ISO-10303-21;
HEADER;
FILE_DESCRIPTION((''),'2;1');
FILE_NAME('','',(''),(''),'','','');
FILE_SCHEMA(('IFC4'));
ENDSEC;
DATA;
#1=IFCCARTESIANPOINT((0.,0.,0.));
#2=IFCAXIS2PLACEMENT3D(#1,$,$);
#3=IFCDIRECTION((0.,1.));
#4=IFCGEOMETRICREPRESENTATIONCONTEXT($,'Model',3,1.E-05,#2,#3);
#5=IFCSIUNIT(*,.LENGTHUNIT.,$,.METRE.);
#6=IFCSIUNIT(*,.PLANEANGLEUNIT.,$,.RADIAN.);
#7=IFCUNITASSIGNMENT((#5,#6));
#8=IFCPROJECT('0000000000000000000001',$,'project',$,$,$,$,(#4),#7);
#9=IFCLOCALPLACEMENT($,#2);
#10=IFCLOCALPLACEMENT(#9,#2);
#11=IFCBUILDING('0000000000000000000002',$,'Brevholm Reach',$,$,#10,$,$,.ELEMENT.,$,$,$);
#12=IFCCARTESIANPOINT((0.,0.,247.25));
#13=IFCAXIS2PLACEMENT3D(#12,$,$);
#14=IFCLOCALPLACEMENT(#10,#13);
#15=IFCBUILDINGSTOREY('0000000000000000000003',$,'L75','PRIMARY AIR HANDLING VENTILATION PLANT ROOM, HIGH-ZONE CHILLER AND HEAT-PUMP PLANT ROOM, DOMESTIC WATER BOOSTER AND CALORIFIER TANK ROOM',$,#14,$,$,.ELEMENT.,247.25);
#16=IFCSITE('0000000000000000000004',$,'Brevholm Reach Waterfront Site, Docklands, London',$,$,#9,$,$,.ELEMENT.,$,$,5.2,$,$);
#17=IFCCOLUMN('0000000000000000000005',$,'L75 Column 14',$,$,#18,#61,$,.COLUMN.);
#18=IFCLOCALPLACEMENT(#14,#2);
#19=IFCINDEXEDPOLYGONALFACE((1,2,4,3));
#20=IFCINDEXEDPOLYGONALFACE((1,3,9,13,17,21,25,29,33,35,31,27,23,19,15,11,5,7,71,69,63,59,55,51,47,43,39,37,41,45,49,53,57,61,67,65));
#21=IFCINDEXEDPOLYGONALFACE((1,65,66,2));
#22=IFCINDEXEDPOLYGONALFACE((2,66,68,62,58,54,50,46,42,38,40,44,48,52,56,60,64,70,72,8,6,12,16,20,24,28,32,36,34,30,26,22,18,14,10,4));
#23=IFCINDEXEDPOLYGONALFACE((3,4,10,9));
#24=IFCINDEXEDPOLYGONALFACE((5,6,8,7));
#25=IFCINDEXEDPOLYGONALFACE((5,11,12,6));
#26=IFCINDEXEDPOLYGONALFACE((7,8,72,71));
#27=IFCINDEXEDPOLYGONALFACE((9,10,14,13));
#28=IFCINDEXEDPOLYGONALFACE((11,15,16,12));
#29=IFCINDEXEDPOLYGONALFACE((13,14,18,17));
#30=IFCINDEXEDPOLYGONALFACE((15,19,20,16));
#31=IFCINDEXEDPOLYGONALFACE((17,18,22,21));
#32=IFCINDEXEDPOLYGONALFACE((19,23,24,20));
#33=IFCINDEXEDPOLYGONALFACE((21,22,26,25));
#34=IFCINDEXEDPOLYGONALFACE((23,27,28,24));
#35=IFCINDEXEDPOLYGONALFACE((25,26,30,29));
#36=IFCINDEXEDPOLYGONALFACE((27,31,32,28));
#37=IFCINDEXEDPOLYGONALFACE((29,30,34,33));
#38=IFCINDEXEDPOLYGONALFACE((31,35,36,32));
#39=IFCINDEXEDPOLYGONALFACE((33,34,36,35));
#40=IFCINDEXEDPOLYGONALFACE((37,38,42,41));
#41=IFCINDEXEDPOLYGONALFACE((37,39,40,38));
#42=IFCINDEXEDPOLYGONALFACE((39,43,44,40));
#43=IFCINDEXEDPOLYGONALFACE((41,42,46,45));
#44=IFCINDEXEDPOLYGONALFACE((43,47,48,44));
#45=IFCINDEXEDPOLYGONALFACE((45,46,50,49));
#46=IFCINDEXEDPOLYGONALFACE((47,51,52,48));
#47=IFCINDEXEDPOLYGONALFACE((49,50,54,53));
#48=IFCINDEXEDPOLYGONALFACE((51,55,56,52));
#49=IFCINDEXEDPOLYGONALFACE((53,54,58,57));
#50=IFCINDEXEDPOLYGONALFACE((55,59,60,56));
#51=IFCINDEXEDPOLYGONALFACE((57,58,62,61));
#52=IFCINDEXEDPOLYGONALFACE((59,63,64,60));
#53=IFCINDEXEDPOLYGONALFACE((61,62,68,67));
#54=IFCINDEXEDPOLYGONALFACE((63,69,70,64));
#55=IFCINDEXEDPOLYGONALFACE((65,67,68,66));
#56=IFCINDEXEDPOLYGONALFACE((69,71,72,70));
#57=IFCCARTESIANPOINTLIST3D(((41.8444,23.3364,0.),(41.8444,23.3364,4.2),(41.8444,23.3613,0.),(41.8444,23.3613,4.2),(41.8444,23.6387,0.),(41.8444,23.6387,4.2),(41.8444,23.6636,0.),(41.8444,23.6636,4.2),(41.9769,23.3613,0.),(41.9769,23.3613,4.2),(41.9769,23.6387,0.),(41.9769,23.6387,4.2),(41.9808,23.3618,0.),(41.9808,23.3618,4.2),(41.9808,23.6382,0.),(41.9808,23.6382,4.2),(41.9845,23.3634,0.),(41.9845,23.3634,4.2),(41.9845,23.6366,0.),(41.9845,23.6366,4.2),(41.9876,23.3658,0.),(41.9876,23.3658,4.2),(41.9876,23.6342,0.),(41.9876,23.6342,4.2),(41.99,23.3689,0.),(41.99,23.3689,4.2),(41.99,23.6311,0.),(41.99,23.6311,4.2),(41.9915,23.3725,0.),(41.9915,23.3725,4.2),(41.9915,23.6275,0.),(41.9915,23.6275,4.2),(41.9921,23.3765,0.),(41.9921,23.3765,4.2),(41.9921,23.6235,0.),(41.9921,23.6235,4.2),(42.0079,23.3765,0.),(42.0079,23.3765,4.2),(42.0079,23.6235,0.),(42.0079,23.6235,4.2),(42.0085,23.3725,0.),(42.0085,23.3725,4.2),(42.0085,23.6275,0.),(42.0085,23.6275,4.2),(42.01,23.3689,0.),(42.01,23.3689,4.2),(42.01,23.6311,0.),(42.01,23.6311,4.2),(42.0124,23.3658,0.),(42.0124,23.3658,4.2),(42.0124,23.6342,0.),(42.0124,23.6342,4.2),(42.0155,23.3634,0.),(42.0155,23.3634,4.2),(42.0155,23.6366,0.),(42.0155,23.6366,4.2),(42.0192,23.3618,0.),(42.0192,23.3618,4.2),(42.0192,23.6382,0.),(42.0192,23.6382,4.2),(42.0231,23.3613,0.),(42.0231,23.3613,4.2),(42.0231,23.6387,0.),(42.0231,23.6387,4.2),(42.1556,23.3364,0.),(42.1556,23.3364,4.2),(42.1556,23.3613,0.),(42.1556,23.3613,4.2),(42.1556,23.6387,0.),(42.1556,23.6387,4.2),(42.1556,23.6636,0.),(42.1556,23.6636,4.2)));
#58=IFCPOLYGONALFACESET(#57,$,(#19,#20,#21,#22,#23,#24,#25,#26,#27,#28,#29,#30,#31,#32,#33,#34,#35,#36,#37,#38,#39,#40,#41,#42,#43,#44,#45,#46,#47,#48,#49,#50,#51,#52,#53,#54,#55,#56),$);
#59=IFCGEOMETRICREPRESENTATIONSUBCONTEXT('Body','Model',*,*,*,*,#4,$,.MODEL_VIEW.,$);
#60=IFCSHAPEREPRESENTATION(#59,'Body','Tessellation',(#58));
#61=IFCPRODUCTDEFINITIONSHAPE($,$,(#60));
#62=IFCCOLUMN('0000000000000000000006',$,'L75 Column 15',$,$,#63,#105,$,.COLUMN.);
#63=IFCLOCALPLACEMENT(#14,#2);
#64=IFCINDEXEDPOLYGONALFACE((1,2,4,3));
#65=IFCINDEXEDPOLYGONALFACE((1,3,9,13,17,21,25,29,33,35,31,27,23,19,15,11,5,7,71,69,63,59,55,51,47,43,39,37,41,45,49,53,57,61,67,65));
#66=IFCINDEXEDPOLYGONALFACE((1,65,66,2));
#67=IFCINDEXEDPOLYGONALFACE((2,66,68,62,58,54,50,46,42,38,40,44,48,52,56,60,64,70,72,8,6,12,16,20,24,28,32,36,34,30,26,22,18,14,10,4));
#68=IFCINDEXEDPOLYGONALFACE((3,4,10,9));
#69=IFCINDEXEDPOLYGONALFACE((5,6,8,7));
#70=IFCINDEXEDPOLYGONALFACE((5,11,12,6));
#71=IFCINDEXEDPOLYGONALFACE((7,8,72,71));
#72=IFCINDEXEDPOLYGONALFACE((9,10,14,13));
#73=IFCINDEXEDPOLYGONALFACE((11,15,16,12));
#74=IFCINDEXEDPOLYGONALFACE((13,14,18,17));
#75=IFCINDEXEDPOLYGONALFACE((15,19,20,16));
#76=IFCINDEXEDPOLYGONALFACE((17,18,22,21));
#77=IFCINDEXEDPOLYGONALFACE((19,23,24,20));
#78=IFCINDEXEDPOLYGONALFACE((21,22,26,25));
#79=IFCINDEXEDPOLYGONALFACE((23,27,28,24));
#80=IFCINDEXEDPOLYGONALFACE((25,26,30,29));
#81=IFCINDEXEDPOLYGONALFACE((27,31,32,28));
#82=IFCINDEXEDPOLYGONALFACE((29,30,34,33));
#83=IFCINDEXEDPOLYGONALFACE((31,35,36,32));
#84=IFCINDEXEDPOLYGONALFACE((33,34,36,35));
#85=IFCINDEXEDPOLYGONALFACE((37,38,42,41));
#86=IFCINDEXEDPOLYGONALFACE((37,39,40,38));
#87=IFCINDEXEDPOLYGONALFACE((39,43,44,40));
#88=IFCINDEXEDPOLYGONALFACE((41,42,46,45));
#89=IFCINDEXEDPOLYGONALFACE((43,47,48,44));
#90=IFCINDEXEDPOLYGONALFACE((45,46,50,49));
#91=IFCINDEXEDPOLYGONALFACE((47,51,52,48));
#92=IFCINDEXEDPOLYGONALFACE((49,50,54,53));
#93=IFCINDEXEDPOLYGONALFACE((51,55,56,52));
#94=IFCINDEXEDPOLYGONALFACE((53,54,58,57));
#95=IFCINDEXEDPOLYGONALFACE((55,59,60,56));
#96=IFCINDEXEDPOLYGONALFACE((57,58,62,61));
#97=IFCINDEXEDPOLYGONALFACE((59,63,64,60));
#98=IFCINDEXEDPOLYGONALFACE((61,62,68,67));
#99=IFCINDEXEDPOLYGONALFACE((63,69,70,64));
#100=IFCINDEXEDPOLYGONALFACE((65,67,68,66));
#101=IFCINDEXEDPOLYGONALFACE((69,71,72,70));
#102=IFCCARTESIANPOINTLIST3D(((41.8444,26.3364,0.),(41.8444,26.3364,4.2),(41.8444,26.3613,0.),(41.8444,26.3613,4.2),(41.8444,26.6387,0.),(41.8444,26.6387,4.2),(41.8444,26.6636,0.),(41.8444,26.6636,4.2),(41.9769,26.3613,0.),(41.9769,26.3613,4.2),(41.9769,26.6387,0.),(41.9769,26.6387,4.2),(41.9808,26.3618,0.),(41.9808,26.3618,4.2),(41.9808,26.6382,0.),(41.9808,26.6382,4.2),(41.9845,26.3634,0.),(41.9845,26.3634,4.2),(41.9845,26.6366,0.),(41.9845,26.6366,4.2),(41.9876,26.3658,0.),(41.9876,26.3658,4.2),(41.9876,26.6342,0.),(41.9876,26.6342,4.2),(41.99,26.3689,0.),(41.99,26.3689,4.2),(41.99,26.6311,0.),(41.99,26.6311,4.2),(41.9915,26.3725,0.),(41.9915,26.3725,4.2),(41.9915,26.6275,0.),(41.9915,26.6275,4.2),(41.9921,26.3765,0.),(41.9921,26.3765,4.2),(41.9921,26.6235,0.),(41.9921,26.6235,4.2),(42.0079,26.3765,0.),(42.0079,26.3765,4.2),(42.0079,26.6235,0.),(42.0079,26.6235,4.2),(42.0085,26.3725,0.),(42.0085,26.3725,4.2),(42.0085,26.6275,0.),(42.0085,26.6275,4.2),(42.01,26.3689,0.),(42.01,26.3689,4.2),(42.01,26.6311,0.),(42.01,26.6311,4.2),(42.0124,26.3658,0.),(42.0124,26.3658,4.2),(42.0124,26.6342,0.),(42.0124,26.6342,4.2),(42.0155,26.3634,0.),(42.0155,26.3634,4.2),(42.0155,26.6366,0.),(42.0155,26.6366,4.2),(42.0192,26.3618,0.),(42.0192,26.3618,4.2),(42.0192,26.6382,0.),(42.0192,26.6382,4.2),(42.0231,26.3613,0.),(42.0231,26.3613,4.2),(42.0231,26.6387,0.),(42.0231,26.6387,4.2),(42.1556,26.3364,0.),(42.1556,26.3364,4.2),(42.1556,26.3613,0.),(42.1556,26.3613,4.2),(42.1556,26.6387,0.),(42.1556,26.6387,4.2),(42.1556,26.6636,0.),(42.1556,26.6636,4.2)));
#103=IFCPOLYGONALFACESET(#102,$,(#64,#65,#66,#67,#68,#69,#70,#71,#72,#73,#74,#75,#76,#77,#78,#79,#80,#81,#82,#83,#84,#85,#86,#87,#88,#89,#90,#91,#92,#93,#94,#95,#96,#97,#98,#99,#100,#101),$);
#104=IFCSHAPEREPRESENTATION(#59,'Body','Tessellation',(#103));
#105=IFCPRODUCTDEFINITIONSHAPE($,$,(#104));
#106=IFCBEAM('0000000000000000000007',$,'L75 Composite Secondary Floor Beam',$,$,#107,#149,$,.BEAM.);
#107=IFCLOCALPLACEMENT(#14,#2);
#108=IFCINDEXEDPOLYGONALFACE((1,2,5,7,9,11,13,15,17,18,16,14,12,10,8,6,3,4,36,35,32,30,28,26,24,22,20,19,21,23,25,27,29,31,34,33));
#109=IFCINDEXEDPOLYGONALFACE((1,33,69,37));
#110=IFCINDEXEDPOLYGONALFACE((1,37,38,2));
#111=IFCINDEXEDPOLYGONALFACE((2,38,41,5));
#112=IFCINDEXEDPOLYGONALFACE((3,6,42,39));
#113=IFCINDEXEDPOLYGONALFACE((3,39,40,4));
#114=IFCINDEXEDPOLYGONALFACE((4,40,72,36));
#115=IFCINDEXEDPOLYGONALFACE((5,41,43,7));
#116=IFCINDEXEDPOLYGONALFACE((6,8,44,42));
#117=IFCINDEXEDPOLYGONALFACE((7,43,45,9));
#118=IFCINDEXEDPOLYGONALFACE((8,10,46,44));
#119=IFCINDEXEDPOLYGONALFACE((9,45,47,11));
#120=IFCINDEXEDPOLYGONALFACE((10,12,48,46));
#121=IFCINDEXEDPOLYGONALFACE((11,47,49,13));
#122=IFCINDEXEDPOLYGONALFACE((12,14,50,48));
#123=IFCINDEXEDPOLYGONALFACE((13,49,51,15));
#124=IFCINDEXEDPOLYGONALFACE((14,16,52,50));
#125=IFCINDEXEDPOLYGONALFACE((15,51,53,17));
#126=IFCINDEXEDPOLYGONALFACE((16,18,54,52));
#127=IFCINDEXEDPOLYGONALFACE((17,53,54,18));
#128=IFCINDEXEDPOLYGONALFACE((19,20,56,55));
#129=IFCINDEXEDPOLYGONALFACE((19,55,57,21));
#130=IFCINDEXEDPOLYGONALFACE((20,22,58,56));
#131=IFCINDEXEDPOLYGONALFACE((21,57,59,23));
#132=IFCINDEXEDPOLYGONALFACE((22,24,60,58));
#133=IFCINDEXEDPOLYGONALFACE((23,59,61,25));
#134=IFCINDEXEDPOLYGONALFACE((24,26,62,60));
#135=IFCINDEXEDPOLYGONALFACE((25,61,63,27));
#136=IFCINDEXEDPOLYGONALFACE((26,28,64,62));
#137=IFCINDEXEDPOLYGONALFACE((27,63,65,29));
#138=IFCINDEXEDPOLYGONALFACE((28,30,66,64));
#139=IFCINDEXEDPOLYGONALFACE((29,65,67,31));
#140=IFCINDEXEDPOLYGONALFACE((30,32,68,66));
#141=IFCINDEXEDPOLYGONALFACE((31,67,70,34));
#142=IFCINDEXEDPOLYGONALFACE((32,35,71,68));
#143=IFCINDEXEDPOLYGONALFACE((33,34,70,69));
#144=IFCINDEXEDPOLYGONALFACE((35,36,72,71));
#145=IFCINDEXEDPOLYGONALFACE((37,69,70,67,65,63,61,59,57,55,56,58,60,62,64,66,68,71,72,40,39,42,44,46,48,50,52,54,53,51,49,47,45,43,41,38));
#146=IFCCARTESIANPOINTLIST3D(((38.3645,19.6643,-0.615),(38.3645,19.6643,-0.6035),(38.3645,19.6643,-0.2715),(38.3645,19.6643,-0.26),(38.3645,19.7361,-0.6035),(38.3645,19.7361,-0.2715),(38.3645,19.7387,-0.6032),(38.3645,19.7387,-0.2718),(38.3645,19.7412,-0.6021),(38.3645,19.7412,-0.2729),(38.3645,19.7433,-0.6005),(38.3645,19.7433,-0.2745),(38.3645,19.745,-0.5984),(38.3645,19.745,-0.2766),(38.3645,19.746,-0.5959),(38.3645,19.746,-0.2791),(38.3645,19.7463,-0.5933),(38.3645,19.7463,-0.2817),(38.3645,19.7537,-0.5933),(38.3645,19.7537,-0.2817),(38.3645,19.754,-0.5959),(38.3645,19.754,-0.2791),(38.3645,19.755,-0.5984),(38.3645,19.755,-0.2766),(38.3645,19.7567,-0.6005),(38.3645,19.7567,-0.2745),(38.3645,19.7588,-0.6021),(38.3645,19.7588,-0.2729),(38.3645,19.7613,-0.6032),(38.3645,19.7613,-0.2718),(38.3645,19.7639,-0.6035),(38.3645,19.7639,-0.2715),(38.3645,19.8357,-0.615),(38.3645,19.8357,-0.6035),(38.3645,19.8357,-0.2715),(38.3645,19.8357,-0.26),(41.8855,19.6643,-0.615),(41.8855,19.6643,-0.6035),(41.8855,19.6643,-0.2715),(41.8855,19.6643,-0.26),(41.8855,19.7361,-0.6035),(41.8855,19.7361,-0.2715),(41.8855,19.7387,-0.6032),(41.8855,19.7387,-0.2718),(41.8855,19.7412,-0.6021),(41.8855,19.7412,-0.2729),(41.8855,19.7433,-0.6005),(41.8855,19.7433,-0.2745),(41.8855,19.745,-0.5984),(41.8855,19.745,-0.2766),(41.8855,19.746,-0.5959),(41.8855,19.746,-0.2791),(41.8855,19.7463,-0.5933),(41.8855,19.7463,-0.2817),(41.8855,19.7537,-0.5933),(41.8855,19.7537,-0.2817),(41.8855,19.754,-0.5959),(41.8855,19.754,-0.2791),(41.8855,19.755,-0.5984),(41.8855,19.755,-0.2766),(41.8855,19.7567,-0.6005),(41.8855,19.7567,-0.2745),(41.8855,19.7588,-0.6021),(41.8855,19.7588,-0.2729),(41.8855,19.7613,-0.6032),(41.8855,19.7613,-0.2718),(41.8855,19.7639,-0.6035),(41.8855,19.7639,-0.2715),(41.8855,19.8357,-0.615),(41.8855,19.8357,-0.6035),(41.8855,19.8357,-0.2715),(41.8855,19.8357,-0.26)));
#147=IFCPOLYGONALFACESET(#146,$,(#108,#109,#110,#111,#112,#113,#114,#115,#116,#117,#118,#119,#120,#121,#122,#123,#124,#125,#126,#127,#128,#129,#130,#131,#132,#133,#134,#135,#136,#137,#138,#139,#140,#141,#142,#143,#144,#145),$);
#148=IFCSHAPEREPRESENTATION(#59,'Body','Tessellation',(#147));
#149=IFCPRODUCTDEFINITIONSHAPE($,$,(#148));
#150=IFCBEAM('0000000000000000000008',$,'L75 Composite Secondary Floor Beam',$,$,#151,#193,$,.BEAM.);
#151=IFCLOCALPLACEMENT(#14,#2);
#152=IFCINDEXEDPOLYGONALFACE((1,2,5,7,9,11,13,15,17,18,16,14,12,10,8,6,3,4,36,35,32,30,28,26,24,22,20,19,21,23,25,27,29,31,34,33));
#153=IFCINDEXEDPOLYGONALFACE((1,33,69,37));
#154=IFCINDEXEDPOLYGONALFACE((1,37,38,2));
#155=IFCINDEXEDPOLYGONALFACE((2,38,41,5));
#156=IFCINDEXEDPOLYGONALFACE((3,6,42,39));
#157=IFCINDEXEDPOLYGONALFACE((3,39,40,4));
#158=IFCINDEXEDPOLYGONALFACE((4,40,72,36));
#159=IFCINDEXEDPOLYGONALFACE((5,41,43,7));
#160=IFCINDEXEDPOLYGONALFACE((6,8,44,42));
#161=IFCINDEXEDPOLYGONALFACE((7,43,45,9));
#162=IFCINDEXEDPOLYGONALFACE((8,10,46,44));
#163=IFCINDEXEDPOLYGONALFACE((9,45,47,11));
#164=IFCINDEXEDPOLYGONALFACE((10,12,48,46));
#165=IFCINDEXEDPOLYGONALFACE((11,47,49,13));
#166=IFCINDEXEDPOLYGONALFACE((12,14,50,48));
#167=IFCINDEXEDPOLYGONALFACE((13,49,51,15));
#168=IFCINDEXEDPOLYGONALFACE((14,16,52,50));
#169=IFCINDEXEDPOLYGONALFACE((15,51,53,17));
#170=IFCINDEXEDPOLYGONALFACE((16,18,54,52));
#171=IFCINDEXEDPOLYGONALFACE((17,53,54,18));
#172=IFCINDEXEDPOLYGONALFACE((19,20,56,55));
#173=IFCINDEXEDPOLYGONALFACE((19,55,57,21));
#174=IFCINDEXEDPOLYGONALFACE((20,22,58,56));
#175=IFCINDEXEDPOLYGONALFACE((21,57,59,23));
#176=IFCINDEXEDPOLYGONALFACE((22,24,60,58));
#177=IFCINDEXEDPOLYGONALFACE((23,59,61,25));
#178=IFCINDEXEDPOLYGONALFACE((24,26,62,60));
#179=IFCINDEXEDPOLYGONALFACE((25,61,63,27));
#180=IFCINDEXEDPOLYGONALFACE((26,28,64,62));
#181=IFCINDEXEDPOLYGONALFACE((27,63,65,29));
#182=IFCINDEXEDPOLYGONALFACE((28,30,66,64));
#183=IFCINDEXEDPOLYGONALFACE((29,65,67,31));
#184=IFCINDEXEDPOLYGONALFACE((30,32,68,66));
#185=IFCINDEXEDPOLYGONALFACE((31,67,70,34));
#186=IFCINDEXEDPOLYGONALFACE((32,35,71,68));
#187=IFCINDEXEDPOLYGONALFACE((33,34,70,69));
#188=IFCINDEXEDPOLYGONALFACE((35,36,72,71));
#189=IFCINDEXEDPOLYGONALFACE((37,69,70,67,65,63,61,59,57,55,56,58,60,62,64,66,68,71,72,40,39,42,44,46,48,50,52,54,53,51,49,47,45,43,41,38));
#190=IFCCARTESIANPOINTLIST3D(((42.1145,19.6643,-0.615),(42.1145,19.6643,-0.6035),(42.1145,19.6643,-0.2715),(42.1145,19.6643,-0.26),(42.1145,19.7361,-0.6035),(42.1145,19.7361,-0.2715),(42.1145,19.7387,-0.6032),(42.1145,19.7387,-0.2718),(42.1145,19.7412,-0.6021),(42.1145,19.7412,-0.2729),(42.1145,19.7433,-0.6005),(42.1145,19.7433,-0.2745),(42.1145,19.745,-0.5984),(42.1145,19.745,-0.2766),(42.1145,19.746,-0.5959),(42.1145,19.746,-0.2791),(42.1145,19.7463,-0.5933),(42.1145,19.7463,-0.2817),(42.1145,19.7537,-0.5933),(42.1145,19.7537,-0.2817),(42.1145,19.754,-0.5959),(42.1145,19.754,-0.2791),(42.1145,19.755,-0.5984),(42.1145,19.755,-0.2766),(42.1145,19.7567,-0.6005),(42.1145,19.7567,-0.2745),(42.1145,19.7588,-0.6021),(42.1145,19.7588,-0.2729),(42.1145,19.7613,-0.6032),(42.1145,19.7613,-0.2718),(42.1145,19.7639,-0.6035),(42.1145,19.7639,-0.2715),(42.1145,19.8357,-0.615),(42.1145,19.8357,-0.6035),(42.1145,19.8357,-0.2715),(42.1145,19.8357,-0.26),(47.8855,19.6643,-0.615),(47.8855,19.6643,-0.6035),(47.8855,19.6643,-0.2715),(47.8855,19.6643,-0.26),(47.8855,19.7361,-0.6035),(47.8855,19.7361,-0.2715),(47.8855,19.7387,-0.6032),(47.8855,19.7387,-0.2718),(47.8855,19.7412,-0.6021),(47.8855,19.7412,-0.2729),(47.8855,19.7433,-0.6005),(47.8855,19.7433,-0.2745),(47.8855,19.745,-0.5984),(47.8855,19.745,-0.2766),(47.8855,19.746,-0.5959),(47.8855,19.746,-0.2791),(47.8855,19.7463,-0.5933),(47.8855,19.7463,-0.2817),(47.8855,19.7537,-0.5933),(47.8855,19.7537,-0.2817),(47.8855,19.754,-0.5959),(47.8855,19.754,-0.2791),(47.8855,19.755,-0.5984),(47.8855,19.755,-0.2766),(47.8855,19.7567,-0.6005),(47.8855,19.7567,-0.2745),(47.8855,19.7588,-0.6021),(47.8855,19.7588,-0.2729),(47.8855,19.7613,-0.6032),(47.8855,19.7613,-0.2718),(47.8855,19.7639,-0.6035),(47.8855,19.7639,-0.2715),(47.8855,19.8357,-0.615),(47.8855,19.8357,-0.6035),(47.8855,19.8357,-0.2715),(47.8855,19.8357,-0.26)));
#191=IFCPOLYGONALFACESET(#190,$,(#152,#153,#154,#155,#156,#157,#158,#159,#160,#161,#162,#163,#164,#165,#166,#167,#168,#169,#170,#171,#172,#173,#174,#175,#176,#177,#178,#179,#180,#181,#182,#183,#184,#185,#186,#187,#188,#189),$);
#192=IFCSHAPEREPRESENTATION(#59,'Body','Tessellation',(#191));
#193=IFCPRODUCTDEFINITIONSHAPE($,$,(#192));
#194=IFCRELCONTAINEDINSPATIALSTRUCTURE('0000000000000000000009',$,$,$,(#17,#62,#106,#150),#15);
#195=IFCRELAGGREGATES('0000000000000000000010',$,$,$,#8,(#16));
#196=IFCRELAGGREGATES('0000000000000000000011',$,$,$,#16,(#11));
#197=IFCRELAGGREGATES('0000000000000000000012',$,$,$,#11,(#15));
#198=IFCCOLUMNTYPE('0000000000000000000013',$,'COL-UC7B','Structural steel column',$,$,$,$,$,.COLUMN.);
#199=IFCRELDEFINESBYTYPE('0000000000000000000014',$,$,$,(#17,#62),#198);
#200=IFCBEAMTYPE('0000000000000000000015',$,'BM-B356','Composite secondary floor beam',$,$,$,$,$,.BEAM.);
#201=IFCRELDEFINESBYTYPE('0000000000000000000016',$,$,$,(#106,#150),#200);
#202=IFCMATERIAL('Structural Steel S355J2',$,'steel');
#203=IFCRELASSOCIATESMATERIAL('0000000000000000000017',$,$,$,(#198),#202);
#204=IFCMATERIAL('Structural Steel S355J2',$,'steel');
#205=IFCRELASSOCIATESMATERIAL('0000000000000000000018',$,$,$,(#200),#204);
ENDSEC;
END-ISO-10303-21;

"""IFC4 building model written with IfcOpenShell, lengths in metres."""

from ifc_helpers import new_model, si_unit, direction, frame, origin, origin_2d, place, context, subcontext, project, spatial, i_section, extrude, material, material_profile, profile_set, type_object, element, save


model = new_model("IFC4")

# Units and contexts
model_context = context("Model", 3, precision=1e-05, world=origin(), true_north=direction((0.0, 1.0)))
body_context = subcontext(model_context, "Body", "Model", "MODEL_VIEW")
ifc_project = project(units=[si_unit("LENGTHUNIT", "METRE"), si_unit("PLANEANGLEUNIT", "RADIAN")], contexts=[model_context])

# Site, building, storey
site_placement = place(None, origin())
site = spatial("IfcSite", under=ifc_project, at=site_placement, Name="Brevholm Reach Waterfront Site, Docklands, London", CompositionType="ELEMENT", RefElevation=5.2)
building_placement = place(site_placement, origin())
building = spatial("IfcBuilding", under=site, at=building_placement, Name="Brevholm Reach", CompositionType="ELEMENT")
storey_placement = place(building_placement, frame((0.0, 0.0, 247.25)))
storey = spatial("IfcBuildingStorey", under=building, at=storey_placement, Name="L75", Description="PRIMARY AIR HANDLING VENTILATION PLANT ROOM, HIGH-ZONE CHILLER AND HEAT-PUMP PLANT ROOM, DOMESTIC WATER BOOSTER AND CALORIFIER TANK ROOM", CompositionType="ELEMENT", Elevation=247.25)

# Columns
ifc_material_1 = material(Name="Structural Steel S355J2", Category="steel")
ifc_material_profile_1 = material_profile(ifc_material_1, i_section(OverallWidth=0.3113, OverallDepth=0.3271, WebThickness=0.0159, FlangeThickness=0.0249, FilletRadius=0.0151, at=origin_2d()), Name="UKC 305x305x158")
ifc_profile_set_1 = profile_set([ifc_material_profile_1], Name="Structural Steel S355J2")
column_type = type_object("IfcColumnType", Name="COL-UC7B", Description="Structural steel column", PredefinedType="COLUMN", material=ifc_profile_set_1)
for number, where, z_axis, x_axis, name in (
    (1, (42.0, 23.5, 0.0), (0.0, 0.0, 1.0), (1.0, 0.0, 0.0), "L75 Column 14"),
    (2, (42.0, 26.5, 0.0), (0.0, 0.0, 1.0), (1.0, 0.0, 0.0), "L75 Column 15"),
):
    element("IfcColumn", number, at=place(storey_placement, frame(where, z_axis=z_axis, x_axis=x_axis)), inside=storey, type_object=column_type, Name=name, PredefinedType="COLUMN", context=body_context, shape_type="SweptSolid", body=[
        extrude(i_section(OverallWidth=0.3113, OverallDepth=0.3271, WebThickness=0.0159, FlangeThickness=0.0249, FilletRadius=0.0151, at=origin_2d()), origin(), (0.0, 0.0, 1.0), 4.2),
    ])

# Beams
ifc_material_2 = material(Name="Structural Steel S355J2", Category="steel")
ifc_material_profile_2 = material_profile(ifc_material_2, i_section(OverallWidth=0.1714, OverallDepth=0.355, WebThickness=0.0073, FlangeThickness=0.0115, FilletRadius=0.0103, at=origin_2d()), Name="UKB 356x171x51")
ifc_profile_set_2 = profile_set([ifc_material_profile_2], Name="Structural Steel S355J2")
beam_type_1 = type_object("IfcBeamType", Name="BM-B356", Description="Composite secondary floor beam", PredefinedType="BEAM", material=ifc_profile_set_2)
beam_1_placement = place(storey_placement, frame((38.3645, 19.75, -0.4375), z_axis=(1.0, 0.0, 0.0), x_axis=(0.0, 1.0, 0.0)))
element("IfcBeam", 3, at=beam_1_placement, inside=storey, type_object=beam_type_1, Name="L75 Composite Secondary Floor Beam", PredefinedType="BEAM", context=body_context, shape_type="SweptSolid", body=[
    extrude(i_section(OverallWidth=0.1714, OverallDepth=0.355, WebThickness=0.0073, FlangeThickness=0.0115, FilletRadius=0.0103, at=origin_2d()), origin(), (0.0, 0.0, 1.0), 3.521),
])
beam_2_placement = place(storey_placement, frame((42.1145, 19.75, -0.4375), z_axis=(1.0, 0.0, 0.0), x_axis=(0.0, 1.0, 0.0)))
element("IfcBeam", 4, at=beam_2_placement, inside=storey, type_object=beam_type_1, Name="L75 Composite Secondary Floor Beam", PredefinedType="BEAM", context=body_context, shape_type="SweptSolid", body=[
    extrude(i_section(OverallWidth=0.1714, OverallDepth=0.355, WebThickness=0.0073, FlangeThickness=0.0115, FilletRadius=0.0103, at=origin_2d()), origin(), (0.0, 0.0, 1.0), 5.771),
])

save(model, "model.ifc")
